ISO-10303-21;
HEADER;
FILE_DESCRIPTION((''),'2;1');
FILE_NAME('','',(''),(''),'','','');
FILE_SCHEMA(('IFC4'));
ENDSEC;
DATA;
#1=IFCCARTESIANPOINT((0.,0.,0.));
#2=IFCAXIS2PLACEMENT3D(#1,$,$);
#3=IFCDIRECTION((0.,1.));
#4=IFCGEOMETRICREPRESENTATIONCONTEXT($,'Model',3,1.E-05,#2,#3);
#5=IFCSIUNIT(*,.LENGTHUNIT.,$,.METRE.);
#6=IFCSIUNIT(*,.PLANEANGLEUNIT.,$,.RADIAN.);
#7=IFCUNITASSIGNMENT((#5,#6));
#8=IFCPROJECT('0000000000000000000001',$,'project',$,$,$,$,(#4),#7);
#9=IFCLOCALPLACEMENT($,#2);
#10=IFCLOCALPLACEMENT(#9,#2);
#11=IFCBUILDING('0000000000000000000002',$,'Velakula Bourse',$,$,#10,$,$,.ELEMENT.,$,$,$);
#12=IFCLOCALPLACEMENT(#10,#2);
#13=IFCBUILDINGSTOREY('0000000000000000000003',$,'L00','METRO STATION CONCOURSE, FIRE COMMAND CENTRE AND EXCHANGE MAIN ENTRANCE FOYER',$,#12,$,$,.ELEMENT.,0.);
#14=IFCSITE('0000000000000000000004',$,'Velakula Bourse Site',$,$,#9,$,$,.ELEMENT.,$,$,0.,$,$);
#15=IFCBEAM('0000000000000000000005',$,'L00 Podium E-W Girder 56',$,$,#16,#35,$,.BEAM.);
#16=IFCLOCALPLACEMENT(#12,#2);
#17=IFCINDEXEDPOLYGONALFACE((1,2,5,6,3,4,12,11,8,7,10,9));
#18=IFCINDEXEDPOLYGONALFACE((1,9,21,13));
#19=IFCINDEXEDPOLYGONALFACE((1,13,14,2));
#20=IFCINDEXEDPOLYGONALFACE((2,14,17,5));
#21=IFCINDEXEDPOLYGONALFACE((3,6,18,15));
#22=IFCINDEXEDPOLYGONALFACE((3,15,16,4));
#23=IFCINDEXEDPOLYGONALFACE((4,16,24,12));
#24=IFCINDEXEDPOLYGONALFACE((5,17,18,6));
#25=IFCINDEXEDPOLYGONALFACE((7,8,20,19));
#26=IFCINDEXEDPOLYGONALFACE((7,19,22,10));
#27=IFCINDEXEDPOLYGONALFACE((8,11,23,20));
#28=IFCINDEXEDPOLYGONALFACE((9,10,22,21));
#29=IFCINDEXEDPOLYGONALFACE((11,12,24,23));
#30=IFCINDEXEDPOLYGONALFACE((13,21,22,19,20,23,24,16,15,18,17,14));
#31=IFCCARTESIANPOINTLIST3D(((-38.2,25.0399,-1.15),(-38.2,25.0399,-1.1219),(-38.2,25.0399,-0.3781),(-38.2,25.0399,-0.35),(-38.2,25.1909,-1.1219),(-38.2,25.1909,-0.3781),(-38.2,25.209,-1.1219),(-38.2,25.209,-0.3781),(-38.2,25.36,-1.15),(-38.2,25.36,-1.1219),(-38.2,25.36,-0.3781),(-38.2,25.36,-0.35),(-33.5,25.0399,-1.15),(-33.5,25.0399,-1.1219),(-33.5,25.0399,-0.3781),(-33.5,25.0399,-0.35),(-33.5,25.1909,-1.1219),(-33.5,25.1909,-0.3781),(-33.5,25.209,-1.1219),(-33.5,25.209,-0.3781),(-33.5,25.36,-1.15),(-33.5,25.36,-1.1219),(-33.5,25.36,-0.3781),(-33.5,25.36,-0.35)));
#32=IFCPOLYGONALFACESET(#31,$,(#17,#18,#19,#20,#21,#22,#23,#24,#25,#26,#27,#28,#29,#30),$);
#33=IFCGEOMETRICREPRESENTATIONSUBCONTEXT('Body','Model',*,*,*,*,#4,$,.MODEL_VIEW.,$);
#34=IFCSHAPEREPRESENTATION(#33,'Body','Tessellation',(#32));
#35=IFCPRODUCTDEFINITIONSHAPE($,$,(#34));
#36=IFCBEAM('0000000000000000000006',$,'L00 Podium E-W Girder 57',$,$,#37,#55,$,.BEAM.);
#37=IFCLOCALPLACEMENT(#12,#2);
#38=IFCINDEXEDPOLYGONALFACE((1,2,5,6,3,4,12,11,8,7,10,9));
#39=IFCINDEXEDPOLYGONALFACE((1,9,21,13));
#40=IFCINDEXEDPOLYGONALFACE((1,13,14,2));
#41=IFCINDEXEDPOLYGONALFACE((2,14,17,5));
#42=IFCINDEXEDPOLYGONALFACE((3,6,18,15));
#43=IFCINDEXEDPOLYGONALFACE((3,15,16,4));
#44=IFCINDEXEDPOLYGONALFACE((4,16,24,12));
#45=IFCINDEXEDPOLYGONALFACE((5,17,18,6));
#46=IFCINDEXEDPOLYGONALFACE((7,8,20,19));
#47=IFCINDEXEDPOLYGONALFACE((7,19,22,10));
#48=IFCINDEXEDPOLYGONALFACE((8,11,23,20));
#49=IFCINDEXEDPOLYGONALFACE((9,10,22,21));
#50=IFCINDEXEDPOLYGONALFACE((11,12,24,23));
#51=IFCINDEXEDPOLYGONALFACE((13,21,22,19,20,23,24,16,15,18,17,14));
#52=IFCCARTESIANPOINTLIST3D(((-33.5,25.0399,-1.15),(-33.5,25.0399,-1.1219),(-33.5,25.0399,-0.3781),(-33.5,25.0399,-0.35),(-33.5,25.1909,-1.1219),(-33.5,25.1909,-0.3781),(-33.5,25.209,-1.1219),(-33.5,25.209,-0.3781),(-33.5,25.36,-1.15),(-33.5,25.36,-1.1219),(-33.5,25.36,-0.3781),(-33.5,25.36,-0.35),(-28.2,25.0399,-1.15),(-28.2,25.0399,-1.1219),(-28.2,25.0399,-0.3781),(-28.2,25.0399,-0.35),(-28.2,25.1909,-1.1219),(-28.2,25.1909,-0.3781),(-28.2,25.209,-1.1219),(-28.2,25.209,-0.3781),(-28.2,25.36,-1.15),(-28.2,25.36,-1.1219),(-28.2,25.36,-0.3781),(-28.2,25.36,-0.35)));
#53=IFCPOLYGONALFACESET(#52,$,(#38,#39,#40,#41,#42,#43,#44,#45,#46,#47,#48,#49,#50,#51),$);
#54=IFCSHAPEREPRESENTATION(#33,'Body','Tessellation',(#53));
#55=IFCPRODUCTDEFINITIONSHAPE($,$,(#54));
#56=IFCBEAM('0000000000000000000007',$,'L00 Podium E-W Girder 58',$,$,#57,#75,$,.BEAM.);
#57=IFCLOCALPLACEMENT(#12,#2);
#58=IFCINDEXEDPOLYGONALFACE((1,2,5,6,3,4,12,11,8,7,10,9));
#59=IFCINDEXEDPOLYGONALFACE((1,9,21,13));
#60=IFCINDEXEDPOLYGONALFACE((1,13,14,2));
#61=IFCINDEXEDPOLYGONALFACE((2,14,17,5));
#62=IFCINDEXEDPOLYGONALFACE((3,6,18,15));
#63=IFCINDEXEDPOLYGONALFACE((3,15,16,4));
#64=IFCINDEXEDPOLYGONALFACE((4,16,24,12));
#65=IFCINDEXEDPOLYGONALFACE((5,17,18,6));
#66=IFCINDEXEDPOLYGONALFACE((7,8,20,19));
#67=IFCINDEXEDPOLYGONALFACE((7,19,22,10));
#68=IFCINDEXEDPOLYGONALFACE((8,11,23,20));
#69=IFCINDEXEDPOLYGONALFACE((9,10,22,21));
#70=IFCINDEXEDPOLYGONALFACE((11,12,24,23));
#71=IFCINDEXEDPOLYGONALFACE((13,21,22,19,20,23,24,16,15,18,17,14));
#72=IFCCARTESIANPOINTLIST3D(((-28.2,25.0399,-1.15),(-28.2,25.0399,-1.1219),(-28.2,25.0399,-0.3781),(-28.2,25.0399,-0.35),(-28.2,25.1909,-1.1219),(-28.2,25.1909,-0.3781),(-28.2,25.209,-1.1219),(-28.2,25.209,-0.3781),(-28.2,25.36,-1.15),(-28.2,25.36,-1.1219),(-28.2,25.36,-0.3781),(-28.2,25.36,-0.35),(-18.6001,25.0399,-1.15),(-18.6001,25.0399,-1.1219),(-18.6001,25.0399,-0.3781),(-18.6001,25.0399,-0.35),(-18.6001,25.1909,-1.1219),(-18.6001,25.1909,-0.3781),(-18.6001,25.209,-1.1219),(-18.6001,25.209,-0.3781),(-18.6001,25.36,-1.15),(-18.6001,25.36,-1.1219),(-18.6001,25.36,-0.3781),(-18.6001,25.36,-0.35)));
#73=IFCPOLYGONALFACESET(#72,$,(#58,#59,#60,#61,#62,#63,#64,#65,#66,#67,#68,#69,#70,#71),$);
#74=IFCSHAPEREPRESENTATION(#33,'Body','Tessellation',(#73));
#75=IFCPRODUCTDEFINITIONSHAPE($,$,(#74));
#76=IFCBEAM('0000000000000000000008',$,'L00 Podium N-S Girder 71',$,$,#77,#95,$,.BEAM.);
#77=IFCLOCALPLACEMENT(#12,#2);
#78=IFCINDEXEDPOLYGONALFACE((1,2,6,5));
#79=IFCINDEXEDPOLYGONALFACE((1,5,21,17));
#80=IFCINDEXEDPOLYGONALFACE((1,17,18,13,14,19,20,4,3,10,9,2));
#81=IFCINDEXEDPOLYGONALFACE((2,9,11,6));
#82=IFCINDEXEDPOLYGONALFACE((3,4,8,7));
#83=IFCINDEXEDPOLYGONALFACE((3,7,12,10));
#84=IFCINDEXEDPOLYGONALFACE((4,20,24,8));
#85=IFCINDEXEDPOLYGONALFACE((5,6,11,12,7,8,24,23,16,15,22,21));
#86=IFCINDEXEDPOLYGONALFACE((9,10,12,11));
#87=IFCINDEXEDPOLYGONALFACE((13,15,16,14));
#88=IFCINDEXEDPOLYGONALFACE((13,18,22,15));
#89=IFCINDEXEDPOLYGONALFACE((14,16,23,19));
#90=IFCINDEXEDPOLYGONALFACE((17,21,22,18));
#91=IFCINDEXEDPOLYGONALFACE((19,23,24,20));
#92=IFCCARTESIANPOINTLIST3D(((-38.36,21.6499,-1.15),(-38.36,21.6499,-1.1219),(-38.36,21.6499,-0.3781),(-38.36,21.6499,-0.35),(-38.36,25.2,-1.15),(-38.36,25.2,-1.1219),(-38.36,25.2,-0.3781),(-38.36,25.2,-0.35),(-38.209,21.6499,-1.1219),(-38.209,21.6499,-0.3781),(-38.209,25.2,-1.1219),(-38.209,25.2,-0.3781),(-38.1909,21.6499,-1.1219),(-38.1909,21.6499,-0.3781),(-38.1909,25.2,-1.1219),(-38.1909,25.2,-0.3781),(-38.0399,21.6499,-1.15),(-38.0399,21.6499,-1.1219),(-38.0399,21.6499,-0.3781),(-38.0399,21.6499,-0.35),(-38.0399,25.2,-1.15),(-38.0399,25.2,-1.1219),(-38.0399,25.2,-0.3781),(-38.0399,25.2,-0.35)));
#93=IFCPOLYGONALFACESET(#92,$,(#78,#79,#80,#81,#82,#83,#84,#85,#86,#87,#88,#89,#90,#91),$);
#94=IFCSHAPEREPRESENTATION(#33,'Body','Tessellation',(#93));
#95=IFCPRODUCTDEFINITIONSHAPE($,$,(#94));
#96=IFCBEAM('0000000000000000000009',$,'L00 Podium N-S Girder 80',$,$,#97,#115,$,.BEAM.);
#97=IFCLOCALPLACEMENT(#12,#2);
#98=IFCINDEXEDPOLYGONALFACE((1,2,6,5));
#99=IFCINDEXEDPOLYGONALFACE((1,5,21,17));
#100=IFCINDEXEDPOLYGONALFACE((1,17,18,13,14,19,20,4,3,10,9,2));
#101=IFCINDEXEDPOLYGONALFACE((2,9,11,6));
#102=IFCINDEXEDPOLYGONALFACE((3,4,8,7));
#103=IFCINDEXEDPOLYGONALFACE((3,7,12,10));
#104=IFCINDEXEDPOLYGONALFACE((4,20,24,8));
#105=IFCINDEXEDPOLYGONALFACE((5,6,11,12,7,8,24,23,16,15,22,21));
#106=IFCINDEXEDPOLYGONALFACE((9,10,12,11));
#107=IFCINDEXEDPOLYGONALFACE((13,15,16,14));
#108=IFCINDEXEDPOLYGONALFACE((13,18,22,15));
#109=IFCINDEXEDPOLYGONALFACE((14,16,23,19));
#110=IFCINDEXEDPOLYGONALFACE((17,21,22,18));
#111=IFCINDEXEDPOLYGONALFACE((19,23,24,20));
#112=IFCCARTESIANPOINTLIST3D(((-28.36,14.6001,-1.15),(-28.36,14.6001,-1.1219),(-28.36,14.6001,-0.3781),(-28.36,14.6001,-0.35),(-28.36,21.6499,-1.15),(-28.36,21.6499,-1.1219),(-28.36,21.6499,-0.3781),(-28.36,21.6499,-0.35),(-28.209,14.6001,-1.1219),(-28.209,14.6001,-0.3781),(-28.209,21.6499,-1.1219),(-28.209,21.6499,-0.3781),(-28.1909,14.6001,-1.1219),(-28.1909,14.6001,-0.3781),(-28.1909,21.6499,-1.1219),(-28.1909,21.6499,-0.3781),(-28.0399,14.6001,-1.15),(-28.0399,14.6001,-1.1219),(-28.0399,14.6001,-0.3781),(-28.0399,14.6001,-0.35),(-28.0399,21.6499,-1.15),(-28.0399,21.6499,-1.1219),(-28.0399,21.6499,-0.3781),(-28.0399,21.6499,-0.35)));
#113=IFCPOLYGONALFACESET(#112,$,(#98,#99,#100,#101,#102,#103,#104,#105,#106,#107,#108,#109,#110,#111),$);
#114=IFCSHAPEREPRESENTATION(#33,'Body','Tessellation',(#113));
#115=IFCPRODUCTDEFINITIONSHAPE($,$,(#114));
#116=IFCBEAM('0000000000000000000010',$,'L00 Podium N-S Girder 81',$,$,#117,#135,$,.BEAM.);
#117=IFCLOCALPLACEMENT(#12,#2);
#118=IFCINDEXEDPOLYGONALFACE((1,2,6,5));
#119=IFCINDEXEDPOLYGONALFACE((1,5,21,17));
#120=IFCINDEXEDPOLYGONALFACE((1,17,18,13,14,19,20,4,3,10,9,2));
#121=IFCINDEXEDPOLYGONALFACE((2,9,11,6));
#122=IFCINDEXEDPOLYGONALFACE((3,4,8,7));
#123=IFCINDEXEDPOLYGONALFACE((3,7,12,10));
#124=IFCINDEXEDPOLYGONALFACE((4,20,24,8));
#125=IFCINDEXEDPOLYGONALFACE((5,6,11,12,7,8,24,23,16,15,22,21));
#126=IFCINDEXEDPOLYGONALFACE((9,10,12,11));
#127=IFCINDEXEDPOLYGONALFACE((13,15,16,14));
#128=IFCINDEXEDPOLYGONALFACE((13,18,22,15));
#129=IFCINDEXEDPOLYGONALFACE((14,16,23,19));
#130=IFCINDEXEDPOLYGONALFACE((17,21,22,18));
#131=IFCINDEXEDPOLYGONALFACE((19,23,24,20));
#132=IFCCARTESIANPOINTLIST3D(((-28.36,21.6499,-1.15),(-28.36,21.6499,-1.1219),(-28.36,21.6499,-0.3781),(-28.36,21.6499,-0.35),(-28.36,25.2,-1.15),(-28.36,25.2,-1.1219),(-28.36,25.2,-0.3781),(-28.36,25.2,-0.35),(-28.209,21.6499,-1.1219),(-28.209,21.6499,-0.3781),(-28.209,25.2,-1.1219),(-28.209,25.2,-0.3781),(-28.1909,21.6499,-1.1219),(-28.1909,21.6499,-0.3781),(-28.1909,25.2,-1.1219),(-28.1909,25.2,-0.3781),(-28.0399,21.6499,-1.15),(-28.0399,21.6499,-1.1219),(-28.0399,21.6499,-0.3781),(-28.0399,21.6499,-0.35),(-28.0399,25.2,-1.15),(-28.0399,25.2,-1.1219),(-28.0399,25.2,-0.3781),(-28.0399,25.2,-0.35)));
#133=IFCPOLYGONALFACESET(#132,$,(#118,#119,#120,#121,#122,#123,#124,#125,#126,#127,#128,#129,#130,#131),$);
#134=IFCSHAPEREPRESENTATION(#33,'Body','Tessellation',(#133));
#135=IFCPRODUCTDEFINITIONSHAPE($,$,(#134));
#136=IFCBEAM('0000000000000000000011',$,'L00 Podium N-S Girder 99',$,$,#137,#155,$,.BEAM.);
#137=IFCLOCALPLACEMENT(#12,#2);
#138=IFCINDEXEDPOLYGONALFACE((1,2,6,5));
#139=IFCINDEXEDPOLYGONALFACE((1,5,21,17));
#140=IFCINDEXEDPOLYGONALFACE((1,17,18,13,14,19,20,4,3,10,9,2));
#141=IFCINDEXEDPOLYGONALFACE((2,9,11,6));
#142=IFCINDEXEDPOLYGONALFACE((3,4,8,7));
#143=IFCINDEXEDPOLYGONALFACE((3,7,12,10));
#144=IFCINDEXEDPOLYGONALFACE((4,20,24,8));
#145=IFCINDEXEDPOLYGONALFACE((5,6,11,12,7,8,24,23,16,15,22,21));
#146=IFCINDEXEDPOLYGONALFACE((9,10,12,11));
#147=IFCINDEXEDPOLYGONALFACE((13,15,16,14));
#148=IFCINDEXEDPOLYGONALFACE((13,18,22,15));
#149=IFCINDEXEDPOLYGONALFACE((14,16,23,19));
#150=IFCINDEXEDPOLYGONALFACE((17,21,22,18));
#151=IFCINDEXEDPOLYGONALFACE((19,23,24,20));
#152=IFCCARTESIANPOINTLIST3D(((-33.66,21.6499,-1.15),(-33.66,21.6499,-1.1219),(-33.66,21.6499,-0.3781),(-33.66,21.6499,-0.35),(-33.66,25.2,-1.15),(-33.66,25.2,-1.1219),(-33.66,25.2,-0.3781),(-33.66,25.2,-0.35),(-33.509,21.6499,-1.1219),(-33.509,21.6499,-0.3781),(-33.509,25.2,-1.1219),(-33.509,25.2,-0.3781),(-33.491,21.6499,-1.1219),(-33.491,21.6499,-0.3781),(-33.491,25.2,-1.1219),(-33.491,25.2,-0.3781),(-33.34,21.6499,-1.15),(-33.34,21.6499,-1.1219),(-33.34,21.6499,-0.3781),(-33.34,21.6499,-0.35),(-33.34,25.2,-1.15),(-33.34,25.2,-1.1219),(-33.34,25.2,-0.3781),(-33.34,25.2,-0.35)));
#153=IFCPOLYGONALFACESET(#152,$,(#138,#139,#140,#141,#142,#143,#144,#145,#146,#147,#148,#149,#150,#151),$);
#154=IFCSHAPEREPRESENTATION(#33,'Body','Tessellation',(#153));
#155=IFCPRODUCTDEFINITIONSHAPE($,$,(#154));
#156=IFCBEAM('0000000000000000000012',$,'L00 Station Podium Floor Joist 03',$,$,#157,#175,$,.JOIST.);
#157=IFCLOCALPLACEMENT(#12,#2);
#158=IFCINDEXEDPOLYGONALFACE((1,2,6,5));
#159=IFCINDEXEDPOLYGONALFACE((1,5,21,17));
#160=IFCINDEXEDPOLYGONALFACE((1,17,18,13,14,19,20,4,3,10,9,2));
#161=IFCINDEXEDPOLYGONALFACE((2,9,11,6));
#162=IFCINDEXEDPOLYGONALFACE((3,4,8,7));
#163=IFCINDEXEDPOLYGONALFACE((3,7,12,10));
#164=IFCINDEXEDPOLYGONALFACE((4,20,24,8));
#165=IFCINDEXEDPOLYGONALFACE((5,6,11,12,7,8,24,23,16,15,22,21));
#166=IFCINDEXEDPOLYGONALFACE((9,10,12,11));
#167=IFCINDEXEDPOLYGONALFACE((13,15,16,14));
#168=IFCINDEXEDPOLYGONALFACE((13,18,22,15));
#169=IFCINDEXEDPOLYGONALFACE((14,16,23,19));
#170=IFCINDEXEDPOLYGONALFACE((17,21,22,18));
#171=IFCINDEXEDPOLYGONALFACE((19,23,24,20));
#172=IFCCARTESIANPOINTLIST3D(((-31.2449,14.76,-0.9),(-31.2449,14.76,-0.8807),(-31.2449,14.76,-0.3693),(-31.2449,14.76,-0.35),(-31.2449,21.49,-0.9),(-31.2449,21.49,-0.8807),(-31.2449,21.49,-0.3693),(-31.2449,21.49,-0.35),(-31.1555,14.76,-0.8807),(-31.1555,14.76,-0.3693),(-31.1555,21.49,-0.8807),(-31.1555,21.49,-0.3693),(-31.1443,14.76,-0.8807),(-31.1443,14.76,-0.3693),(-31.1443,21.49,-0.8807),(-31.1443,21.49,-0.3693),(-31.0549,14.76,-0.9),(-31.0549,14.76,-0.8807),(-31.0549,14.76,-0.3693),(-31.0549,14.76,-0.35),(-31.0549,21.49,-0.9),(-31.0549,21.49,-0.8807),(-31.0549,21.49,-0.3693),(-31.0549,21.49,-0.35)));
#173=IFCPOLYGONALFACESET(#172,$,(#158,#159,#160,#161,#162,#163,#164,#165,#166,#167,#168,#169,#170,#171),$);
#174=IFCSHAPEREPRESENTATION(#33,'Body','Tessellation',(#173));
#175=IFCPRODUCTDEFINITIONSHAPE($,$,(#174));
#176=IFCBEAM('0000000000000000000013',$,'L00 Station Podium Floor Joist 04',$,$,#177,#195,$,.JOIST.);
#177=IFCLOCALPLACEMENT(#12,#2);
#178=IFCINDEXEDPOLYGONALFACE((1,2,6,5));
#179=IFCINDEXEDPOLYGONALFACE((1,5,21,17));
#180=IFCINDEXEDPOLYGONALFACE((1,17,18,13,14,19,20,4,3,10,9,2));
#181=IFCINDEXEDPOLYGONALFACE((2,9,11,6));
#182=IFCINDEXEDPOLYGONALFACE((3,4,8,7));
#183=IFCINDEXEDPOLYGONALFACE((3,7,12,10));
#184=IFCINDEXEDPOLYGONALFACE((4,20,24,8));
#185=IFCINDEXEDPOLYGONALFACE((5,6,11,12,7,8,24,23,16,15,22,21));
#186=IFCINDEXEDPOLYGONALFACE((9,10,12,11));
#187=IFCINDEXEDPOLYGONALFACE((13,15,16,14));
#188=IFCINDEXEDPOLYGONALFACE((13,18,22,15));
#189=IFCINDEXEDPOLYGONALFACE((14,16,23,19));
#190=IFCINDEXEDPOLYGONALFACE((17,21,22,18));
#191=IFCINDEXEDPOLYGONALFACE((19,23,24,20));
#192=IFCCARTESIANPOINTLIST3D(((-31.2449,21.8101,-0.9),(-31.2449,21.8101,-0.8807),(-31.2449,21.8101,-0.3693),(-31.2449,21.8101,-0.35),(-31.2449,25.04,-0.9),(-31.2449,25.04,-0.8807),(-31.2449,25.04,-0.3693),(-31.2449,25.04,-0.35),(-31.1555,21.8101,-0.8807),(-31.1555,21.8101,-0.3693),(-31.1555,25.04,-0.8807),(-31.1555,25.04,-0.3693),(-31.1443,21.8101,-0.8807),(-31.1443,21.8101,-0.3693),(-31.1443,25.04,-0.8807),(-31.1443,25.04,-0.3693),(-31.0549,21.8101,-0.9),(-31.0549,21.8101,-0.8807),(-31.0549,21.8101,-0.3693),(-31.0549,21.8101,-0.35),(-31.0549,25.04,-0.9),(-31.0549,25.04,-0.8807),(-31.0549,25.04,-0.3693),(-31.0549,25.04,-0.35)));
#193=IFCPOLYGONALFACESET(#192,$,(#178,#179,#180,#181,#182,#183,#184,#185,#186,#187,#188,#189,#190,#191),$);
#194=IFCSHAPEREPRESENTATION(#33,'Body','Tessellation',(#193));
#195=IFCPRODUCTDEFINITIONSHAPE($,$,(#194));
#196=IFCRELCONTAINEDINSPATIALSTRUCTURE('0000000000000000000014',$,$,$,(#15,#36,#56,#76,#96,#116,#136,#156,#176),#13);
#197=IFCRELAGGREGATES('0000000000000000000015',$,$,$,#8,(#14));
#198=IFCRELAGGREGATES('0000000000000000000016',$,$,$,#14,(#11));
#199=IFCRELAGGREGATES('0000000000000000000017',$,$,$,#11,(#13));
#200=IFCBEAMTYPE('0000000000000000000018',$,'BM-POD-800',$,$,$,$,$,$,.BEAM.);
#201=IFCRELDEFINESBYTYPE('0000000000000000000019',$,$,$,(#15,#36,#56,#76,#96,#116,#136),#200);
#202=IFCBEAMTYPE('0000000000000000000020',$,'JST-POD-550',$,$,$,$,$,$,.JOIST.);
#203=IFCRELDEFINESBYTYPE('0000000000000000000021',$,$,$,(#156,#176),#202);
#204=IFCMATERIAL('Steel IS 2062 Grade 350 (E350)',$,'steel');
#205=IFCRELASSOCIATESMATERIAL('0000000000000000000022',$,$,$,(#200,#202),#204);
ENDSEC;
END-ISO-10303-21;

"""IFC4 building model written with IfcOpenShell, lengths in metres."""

from ifc_helpers import new_model, si_unit, direction, frame, origin, origin_2d, place, context, subcontext, project, spatial, i_section, extrude, material, material_profile, profile_set, type_object, element, save


model = new_model("IFC4")

# Units and contexts
model_context = context("Model", 3, precision=1e-05, world=origin(), true_north=direction((0.0, 1.0)))
body_context = subcontext(model_context, "Body", "Model", "MODEL_VIEW")
ifc_project = project(units=[si_unit("LENGTHUNIT", "METRE"), si_unit("PLANEANGLEUNIT", "RADIAN")], contexts=[model_context])

# Site, building, storey
site_placement = place(None, origin())
site = spatial("IfcSite", under=ifc_project, at=site_placement, Name="Velakula Bourse Site", CompositionType="ELEMENT", RefElevation=0.0)
building_placement = place(site_placement, origin())
building = spatial("IfcBuilding", under=site, at=building_placement, Name="Velakula Bourse", CompositionType="ELEMENT")
storey_placement = place(building_placement, origin())
storey = spatial("IfcBuildingStorey", under=building, at=storey_placement, Name="L00", Description="METRO STATION CONCOURSE, FIRE COMMAND CENTRE AND EXCHANGE MAIN ENTRANCE FOYER", CompositionType="ELEMENT", Elevation=0.0)

# Beams
ifc_material_1 = material(Name="Steel IS 2062 Grade 350 (E350)", Category="steel")
ifc_material_profile_1 = material_profile(ifc_material_1, i_section(OverallWidth=0.3201, OverallDepth=0.8, WebThickness=0.0181, FlangeThickness=0.0281, at=origin_2d()), Name="Steel IS 2062 Grade 350 (E350)")
ifc_profile_set_1 = profile_set([ifc_material_profile_1], Name="Steel IS 2062 Grade 350 (E350)")
beam_type_1 = type_object("IfcBeamType", Name="BM-POD-800", PredefinedType="BEAM", material=ifc_profile_set_1)
beam_1_placement = place(storey_placement, frame((-38.2, 25.2, -0.75), z_axis=(1.0, 0.0, 0.0), x_axis=(0.0, 1.0, 0.0)))
element("IfcBeam", 1, at=beam_1_placement, inside=storey, type_object=beam_type_1, Name="L00 Podium E-W Girder 56", PredefinedType="BEAM", context=body_context, shape_type="SweptSolid", body=[
    extrude(i_section(OverallWidth=0.3201, OverallDepth=0.8, WebThickness=0.0181, FlangeThickness=0.0281, at=origin_2d()), origin(), (0.0, 0.0, 1.0), 4.7),
])
beam_2_placement = place(storey_placement, frame((-33.5, 25.2, -0.75), z_axis=(1.0, 0.0, 0.0), x_axis=(0.0, 1.0, 0.0)))
element("IfcBeam", 2, at=beam_2_placement, inside=storey, type_object=beam_type_1, Name="L00 Podium E-W Girder 57", PredefinedType="BEAM", context=body_context, shape_type="SweptSolid", body=[
    extrude(i_section(OverallWidth=0.3201, OverallDepth=0.8, WebThickness=0.0181, FlangeThickness=0.0281, at=origin_2d()), origin(), (0.0, 0.0, 1.0), 5.3),
])
beam_3_placement = place(storey_placement, frame((-28.2, 25.2, -0.75), z_axis=(1.0, 0.0, 0.0), x_axis=(0.0, 1.0, 0.0)))
element("IfcBeam", 3, at=beam_3_placement, inside=storey, type_object=beam_type_1, Name="L00 Podium E-W Girder 58", PredefinedType="BEAM", context=body_context, shape_type="SweptSolid", body=[
    extrude(i_section(OverallWidth=0.3201, OverallDepth=0.8, WebThickness=0.0181, FlangeThickness=0.0281, at=origin_2d()), origin(), (0.0, 0.0, 1.0), 9.5999),
])
beam_4_placement = place(storey_placement, frame((-38.2, 21.6499, -0.75), z_axis=(0.0, 1.0, 0.0), x_axis=(-1.0, 0.0, 0.0)))
element("IfcBeam", 4, at=beam_4_placement, inside=storey, type_object=beam_type_1, Name="L00 Podium N-S Girder 71", PredefinedType="BEAM", context=body_context, shape_type="SweptSolid", body=[
    extrude(i_section(OverallWidth=0.3201, OverallDepth=0.8, WebThickness=0.0181, FlangeThickness=0.0281, at=origin_2d()), origin(), (0.0, 0.0, 1.0), 3.55),
])
beam_5_placement = place(storey_placement, frame((-28.2, 14.6001, -0.75), z_axis=(0.0, 1.0, 0.0), x_axis=(-1.0, 0.0, 0.0)))
element("IfcBeam", 5, at=beam_5_placement, inside=storey, type_object=beam_type_1, Name="L00 Podium N-S Girder 80", PredefinedType="BEAM", context=body_context, shape_type="SweptSolid", body=[
    extrude(i_section(OverallWidth=0.3201, OverallDepth=0.8, WebThickness=0.0181, FlangeThickness=0.0281, at=origin_2d()), origin(), (0.0, 0.0, 1.0), 7.0498),
])
for number, where, z_axis, x_axis, name in (
    (6, (-28.2, 21.6499, -0.75), (0.0, 1.0, 0.0), (-1.0, 0.0, 0.0), "L00 Podium N-S Girder 81"),
    (7, (-33.5, 21.6499, -0.75), (0.0, 1.0, 0.0), (-1.0, 0.0, 0.0), "L00 Podium N-S Girder 99"),
):
    element("IfcBeam", number, at=place(storey_placement, frame(where, z_axis=z_axis, x_axis=x_axis)), inside=storey, type_object=beam_type_1, Name=name, PredefinedType="BEAM", context=body_context, shape_type="SweptSolid", body=[
        extrude(i_section(OverallWidth=0.3201, OverallDepth=0.8, WebThickness=0.0181, FlangeThickness=0.0281, at=origin_2d()), origin(), (0.0, 0.0, 1.0), 3.55),
    ])
ifc_material_profile_2 = material_profile(ifc_material_1, i_section(OverallWidth=0.1899, OverallDepth=0.55, WebThickness=0.0112, FlangeThickness=0.0193, at=origin_2d()), Name="Steel IS 2062 Grade 350 (E350)")
ifc_profile_set_2 = profile_set([ifc_material_profile_2], Name="Steel IS 2062 Grade 350 (E350)")
beam_type_2 = type_object("IfcBeamType", Name="JST-POD-550", PredefinedType="JOIST", material=ifc_profile_set_2)
beam_6_placement = place(storey_placement, frame((-31.1499, 14.76, -0.625), z_axis=(0.0, 1.0, 0.0), x_axis=(-1.0, 0.0, 0.0)))
element("IfcBeam", 8, at=beam_6_placement, inside=storey, type_object=beam_type_2, Name="L00 Station Podium Floor Joist 03", PredefinedType="JOIST", context=body_context, shape_type="SweptSolid", body=[
    extrude(i_section(OverallWidth=0.1899, OverallDepth=0.55, WebThickness=0.0112, FlangeThickness=0.0193, at=origin_2d()), origin(), (0.0, 0.0, 1.0), 6.73),
])
beam_7_placement = place(storey_placement, frame((-31.1499, 21.8101, -0.625), z_axis=(0.0, 1.0, 0.0), x_axis=(-1.0, 0.0, 0.0)))
element("IfcBeam", 9, at=beam_7_placement, inside=storey, type_object=beam_type_2, Name="L00 Station Podium Floor Joist 04", PredefinedType="JOIST", context=body_context, shape_type="SweptSolid", body=[
    extrude(i_section(OverallWidth=0.1899, OverallDepth=0.55, WebThickness=0.0112, FlangeThickness=0.0193, at=origin_2d()), origin(), (0.0, 0.0, 1.0), 3.23),
])

save(model, "model.ifc")
